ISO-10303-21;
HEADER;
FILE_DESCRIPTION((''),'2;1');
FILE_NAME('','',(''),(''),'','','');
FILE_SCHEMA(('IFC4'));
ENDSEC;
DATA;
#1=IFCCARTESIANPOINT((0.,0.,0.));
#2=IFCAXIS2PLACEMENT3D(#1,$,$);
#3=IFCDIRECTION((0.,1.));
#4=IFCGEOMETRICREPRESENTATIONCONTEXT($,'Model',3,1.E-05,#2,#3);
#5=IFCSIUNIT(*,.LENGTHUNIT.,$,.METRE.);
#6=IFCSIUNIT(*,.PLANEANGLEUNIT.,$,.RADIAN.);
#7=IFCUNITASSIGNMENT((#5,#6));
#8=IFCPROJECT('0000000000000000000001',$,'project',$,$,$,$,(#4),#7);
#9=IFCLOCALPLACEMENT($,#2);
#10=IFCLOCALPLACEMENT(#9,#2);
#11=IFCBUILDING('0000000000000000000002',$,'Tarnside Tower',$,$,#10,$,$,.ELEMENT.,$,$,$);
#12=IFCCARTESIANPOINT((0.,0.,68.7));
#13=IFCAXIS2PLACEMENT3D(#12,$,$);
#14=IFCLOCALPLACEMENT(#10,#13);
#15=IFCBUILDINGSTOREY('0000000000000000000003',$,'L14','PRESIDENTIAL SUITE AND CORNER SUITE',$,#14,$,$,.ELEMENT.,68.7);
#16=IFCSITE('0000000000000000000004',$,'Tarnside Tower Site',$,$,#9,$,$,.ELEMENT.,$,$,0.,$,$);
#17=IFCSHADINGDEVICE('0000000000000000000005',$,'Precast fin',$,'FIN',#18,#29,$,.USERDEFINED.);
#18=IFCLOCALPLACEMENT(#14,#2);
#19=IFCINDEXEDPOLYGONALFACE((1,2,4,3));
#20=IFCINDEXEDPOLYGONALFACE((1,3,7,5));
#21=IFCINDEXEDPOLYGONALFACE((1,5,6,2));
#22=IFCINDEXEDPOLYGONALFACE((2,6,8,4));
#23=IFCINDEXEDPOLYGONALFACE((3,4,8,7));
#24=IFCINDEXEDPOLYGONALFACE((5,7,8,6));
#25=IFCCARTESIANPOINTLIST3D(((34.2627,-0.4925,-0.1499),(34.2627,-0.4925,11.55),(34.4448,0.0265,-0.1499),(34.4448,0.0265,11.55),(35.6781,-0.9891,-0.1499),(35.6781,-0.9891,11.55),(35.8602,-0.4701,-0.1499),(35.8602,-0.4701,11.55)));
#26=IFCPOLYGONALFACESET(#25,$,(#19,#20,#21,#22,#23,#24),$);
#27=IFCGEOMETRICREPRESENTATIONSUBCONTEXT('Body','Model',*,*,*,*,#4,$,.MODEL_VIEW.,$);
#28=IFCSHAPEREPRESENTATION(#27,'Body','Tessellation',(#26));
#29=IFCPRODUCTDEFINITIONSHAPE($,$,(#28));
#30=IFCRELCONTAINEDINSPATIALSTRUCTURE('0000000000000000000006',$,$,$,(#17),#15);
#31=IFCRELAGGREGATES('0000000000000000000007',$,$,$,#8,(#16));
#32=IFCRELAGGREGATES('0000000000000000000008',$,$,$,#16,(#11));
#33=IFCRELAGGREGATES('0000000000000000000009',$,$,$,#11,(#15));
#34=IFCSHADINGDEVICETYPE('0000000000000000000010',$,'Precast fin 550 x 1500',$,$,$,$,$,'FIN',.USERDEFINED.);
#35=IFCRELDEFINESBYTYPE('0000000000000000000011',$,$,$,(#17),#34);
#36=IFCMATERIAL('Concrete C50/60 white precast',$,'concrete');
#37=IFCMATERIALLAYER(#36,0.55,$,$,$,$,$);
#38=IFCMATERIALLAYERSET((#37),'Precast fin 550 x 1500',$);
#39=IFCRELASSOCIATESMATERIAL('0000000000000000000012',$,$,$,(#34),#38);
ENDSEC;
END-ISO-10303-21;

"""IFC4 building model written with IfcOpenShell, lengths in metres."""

from ifc_helpers import new_model, si_unit, direction, frame, origin, place, context, subcontext, project, spatial, polyline, outline, extrude, material, layer, layer_set, type_object, element, save


model = new_model("IFC4")

# Units and contexts
model_context = context("Model", 3, precision=1e-05, world=origin(), true_north=direction((0.0, 1.0)))
body_context = subcontext(model_context, "Body", "Model", "MODEL_VIEW")
ifc_project = project(units=[si_unit("LENGTHUNIT", "METRE"), si_unit("PLANEANGLEUNIT", "RADIAN")], contexts=[model_context])

# Site, building, storey
site_placement = place(None, origin())
site = spatial("IfcSite", under=ifc_project, at=site_placement, Name="Tarnside Tower Site", CompositionType="ELEMENT", RefElevation=0.0)
building_placement = place(site_placement, origin())
building = spatial("IfcBuilding", under=site, at=building_placement, Name="Tarnside Tower", CompositionType="ELEMENT")
storey_placement = place(building_placement, frame((0.0, 0.0, 68.7)))
storey = spatial("IfcBuildingStorey", under=building, at=storey_placement, Name="L14", Description="PRESIDENTIAL SUITE AND CORNER SUITE", CompositionType="ELEMENT", Elevation=68.7)

# Shading device
ifc_material_1 = material(Name="Concrete C50/60 white precast", Category="concrete")
ifc_layer_1 = layer(ifc_material_1, 0.55)
ifc_layer_set_1 = layer_set([ifc_layer_1], Name="Precast fin 550 x 1500")
shading_device_type_1 = type_object("IfcShadingDeviceType", Name="Precast fin 550 x 1500", ElementType="FIN", PredefinedType="USERDEFINED", material=ifc_layer_set_1)
shading_device_placement = place(storey_placement, frame((34.3538, -0.2329, -0.1499), z_axis=(-0.331063, -0.943609, 0.0), x_axis=(0.943609, -0.331063, 0.0)))
element("IfcShadingDevice", 1, at=shading_device_placement, inside=storey, type_object=shading_device_type_1, Name="Precast fin", ObjectType="FIN", PredefinedType="USERDEFINED", context=body_context, shape_type="SweptSolid", body=[
    extrude(outline(polyline([(0.0, 0.0), (1.5, 0.0), (1.5, 11.7), (0.0, 11.7), (0.0, 0.0)])), frame((0.0, 0.0, -0.2749)), (0.0, 0.0, 1.0), 0.55),
])

save(model, "model.ifc")
